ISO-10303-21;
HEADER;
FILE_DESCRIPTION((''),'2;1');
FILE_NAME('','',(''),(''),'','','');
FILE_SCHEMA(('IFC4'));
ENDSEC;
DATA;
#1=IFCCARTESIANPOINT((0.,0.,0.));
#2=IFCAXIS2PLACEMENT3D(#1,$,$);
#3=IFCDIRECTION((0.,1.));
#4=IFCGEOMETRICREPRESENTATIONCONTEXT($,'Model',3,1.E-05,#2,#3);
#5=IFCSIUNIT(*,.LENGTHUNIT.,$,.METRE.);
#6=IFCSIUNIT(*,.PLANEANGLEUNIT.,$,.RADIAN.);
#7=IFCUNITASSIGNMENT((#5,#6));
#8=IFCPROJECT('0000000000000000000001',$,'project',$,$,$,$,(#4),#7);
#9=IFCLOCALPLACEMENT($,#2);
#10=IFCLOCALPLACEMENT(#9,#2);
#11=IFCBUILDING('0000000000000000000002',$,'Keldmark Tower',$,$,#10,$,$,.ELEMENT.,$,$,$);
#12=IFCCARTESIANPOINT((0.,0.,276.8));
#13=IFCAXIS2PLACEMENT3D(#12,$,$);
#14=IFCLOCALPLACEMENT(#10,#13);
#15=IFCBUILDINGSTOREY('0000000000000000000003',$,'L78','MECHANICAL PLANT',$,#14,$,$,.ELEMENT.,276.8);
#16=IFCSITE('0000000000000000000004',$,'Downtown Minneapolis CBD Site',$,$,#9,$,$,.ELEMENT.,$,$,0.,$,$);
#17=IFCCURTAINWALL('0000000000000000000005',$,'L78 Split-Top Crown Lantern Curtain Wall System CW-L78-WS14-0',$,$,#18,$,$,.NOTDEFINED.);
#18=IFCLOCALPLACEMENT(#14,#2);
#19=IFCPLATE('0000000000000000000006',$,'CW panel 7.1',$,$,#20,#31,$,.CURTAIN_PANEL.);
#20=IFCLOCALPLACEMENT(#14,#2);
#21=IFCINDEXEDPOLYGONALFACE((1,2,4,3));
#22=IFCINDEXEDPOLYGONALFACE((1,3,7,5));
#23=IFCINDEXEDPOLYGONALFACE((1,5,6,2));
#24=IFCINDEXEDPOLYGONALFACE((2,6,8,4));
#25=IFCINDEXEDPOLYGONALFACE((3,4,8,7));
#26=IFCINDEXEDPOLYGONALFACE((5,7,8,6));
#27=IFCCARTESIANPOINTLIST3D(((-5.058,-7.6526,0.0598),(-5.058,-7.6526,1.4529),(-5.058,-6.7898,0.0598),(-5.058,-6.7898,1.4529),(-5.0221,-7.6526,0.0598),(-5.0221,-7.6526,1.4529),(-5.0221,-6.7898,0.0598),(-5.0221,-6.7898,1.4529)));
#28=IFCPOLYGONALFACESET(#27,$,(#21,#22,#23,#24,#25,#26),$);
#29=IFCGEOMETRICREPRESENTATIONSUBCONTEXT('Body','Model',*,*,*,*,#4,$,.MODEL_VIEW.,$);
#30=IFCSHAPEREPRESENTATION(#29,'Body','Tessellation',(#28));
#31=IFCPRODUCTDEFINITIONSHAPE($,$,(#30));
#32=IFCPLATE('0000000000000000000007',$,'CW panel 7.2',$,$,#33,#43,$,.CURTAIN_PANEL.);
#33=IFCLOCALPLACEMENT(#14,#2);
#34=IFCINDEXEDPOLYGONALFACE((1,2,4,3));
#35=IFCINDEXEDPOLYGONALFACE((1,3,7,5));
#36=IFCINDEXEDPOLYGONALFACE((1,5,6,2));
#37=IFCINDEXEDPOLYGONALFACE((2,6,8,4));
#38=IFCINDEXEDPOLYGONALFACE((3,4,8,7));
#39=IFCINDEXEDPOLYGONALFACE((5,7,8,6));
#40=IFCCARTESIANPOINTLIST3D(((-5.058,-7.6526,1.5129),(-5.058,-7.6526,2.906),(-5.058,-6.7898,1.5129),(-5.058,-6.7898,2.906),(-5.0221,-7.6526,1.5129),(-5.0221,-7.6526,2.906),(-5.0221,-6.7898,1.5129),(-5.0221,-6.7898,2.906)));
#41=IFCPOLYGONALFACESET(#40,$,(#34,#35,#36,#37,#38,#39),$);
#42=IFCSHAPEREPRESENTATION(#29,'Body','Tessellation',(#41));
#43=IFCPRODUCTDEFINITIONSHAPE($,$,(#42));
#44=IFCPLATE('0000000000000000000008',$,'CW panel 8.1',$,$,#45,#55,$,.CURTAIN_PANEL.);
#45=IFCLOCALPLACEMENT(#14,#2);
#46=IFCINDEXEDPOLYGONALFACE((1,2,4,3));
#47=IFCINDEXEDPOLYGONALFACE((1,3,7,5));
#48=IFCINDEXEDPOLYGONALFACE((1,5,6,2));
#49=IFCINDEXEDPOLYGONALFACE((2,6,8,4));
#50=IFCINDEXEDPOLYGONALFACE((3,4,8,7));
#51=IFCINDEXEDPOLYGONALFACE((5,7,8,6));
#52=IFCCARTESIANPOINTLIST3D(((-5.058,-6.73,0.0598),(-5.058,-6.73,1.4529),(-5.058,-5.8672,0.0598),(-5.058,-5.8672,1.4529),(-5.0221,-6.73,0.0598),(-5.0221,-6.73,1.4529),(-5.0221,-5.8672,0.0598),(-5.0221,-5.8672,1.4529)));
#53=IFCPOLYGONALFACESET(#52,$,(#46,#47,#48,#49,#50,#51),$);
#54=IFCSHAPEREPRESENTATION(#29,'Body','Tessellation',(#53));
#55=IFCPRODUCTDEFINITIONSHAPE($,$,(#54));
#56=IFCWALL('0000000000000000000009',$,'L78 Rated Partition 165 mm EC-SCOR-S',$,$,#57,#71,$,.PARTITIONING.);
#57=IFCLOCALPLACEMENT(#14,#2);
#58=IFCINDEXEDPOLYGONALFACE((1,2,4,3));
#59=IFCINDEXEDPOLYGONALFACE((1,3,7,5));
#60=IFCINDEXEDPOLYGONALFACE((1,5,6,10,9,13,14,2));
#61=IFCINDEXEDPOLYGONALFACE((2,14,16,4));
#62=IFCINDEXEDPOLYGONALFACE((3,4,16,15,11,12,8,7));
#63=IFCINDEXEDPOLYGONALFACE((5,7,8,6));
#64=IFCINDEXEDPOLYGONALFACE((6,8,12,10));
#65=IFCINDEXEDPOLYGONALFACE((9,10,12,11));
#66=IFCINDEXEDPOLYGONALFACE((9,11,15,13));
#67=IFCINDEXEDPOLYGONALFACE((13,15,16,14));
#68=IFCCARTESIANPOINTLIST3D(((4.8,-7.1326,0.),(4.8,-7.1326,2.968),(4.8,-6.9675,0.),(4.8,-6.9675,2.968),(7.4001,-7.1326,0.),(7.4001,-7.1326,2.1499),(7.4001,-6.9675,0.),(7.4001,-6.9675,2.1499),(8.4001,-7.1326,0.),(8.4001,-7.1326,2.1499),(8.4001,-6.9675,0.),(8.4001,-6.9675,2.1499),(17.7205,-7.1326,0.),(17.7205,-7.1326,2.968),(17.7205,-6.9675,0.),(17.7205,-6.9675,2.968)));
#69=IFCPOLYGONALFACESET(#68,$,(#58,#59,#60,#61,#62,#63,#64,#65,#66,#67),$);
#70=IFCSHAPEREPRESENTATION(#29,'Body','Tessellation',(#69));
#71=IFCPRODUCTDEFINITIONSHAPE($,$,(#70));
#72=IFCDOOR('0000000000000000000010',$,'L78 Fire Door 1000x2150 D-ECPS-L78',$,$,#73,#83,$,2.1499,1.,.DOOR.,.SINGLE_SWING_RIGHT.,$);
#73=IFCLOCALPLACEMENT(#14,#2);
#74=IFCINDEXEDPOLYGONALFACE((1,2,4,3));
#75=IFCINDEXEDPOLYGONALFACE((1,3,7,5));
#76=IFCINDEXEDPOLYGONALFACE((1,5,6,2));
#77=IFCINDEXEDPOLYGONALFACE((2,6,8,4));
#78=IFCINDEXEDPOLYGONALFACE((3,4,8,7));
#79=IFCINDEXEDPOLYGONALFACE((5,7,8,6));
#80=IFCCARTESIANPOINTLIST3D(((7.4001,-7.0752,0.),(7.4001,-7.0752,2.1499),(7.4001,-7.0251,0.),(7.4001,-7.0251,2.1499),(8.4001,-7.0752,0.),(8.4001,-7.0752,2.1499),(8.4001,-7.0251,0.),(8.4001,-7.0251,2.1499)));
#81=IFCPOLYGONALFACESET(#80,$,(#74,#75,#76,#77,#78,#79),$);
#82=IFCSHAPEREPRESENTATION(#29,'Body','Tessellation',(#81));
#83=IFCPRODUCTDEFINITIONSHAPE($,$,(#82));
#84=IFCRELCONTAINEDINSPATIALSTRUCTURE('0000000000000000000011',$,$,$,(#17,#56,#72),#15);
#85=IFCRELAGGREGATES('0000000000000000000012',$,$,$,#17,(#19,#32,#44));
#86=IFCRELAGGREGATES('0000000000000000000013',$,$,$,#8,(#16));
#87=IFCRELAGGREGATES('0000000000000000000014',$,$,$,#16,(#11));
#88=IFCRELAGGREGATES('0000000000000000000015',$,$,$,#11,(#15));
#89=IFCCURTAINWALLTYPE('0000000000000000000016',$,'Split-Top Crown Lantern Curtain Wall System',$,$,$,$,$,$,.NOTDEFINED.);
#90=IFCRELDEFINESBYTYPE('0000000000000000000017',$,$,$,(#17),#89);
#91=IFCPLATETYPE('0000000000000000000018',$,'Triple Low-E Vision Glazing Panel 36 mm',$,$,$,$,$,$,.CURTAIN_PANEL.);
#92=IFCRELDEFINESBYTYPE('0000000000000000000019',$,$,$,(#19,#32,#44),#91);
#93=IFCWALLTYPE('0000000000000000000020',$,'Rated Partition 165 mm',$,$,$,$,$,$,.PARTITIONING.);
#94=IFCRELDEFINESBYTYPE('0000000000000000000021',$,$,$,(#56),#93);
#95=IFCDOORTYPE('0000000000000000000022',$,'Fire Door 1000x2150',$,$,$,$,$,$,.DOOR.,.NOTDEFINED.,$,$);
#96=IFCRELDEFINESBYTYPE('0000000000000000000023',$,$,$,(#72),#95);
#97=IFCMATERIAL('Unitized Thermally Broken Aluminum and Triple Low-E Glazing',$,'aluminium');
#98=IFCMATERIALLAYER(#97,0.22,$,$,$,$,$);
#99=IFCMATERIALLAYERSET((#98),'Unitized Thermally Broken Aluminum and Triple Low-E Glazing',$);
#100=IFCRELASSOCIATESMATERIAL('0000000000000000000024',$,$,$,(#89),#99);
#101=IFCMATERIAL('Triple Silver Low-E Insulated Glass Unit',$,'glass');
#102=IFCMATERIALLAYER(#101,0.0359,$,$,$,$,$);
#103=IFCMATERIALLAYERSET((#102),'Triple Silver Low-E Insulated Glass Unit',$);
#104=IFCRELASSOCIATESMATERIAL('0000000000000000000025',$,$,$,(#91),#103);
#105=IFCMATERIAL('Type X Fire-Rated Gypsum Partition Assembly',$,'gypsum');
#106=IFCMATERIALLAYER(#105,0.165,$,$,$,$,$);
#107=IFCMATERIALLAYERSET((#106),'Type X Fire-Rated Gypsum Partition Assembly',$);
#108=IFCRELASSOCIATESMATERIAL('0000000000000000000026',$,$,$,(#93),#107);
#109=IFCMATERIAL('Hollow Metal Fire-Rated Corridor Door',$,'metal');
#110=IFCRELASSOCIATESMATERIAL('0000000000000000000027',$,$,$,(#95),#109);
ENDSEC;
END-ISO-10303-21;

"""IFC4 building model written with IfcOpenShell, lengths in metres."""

from ifc_helpers import new_model, si_unit, direction, frame, frame_2d, origin, origin_2d, place, context, subcontext, project, spatial, rectangle, extrude, material, layer, layer_set, type_object, element, fill, aggregate, save


model = new_model("IFC4")

# Units and contexts
model_context = context("Model", 3, precision=1e-05, world=origin(), true_north=direction((0.0, 1.0)))
body_context = subcontext(model_context, "Body", "Model", "MODEL_VIEW")
ifc_project = project(units=[si_unit("LENGTHUNIT", "METRE"), si_unit("PLANEANGLEUNIT", "RADIAN")], contexts=[model_context])

# Site, building, storey
site_placement = place(None, origin())
site = spatial("IfcSite", under=ifc_project, at=site_placement, Name="Downtown Minneapolis CBD Site", CompositionType="ELEMENT", RefElevation=0.0)
building_placement = place(site_placement, origin())
building = spatial("IfcBuilding", under=site, at=building_placement, Name="Keldmark Tower", CompositionType="ELEMENT")
storey_placement = place(building_placement, frame((0.0, 0.0, 276.8)))
storey = spatial("IfcBuildingStorey", under=building, at=storey_placement, Name="L78", Description="MECHANICAL PLANT", CompositionType="ELEMENT", Elevation=276.8)

# Curtain wall
ifc_material_1 = material(Name="Unitized Thermally Broken Aluminum and Triple Low-E Glazing", Category="aluminium")
ifc_layer_1 = layer(ifc_material_1, 0.22)
ifc_layer_set_1 = layer_set([ifc_layer_1], Name="Unitized Thermally Broken Aluminum and Triple Low-E Glazing")
curtain_wall_type = type_object("IfcCurtainWallType", Name="Split-Top Crown Lantern Curtain Wall System", PredefinedType="NOTDEFINED", material=ifc_layer_set_1)
curtain_wall_placement = place(storey_placement, origin())
curtain_wall = element("IfcCurtainWall", 1, at=curtain_wall_placement, inside=storey, type_object=curtain_wall_type, Name="L78 Split-Top Crown Lantern Curtain Wall System CW-L78-WS14-0", PredefinedType="NOTDEFINED")

# Plates
ifc_material_2 = material(Name="Triple Silver Low-E Insulated Glass Unit", Category="glass")
ifc_layer_2 = layer(ifc_material_2, 0.0359)
ifc_layer_set_2 = layer_set([ifc_layer_2], Name="Triple Silver Low-E Insulated Glass Unit")
plate_type_1 = type_object("IfcPlateType", Name="Triple Low-E Vision Glazing Panel 36 mm", PredefinedType="CURTAIN_PANEL", material=ifc_layer_set_2)
plate_1_placement = place(storey_placement, frame((-5.04, -7.2212, 0.0598), z_axis=(0.0, 0.0, 1.0), x_axis=(0.0, 1.0, 0.0)))
plate_1 = element("IfcPlate", 2, at=plate_1_placement, type_object=plate_type_1, Name="CW panel 7.1", PredefinedType="CURTAIN_PANEL", context=body_context, shape_type="SweptSolid", body=[
    extrude(rectangle(XDim=0.8628, YDim=0.0359, at=origin_2d()), origin(), (0.0, 0.0, 1.0), 1.3931),
])
plate_2_placement = place(storey_placement, frame((-5.04, -7.2212, 1.5129), z_axis=(0.0, 0.0, 1.0), x_axis=(0.0, 1.0, 0.0)))
plate_2 = element("IfcPlate", 3, at=plate_2_placement, type_object=plate_type_1, Name="CW panel 7.2", PredefinedType="CURTAIN_PANEL", context=body_context, shape_type="SweptSolid", body=[
    extrude(rectangle(XDim=0.8628, YDim=0.0359, at=origin_2d()), origin(), (0.0, 0.0, 1.0), 1.3931),
])
plate_3_placement = place(storey_placement, frame((-5.04, -6.2986, 0.0598), z_axis=(0.0, 0.0, 1.0), x_axis=(0.0, 1.0, 0.0)))
plate_3 = element("IfcPlate", 4, at=plate_3_placement, type_object=plate_type_1, Name="CW panel 8.1", PredefinedType="CURTAIN_PANEL", context=body_context, shape_type="SweptSolid", body=[
    extrude(rectangle(XDim=0.8628, YDim=0.0359, at=origin_2d()), origin(), (0.0, 0.0, 1.0), 1.3931),
])
aggregate(curtain_wall, [plate_1, plate_2, plate_3])

# Wall, opening, door
ifc_material_3 = material(Name="Type X Fire-Rated Gypsum Partition Assembly", Category="gypsum")
ifc_layer_3 = layer(ifc_material_3, 0.165)
ifc_layer_set_3 = layer_set([ifc_layer_3], Name="Type X Fire-Rated Gypsum Partition Assembly")
wall_type = type_object("IfcWallType", Name="Rated Partition 165 mm", PredefinedType="PARTITIONING", material=ifc_layer_set_3)
wall_placement = place(storey_placement, frame((4.8, -7.05, 0.0), z_axis=(0.0, 0.0, 1.0), x_axis=(1.0, 0.0, 0.0)))
wall = element("IfcWall", 5, at=wall_placement, inside=storey, type_object=wall_type, Name="L78 Rated Partition 165 mm EC-SCOR-S", PredefinedType="PARTITIONING", context=body_context, shape_type="SweptSolid", body=[
    extrude(rectangle(XDim=12.9204, YDim=0.165, at=frame_2d((6.4602, 0.0))), origin(), (0.0, 0.0, 1.0), 2.968),
])
opening_placement = place(wall_placement, frame((2.6001, 0.0, 0.0)))
opening = element("IfcOpeningElement", 6, at=opening_placement, cuts=wall, PredefinedType="OPENING", context=body_context, shape_type="SweptSolid", body=[
    extrude(rectangle(XDim=1.0, YDim=2.1499, at=frame_2d((0.5, 1.075))), frame((0.0, 0.0925, 0.0), z_axis=(0.0, -1.0, 0.0), x_axis=(1.0, 0.0, 0.0)), (0.0, 0.0, 1.0), 0.1851),
])
ifc_material_4 = material(Name="Hollow Metal Fire-Rated Corridor Door", Category="metal")
door_type = type_object("IfcDoorType", Name="Fire Door 1000x2150", OperationType="NOTDEFINED", PredefinedType="DOOR", material=ifc_material_4)
door_placement = place(opening_placement, origin())
door = element("IfcDoor", 7, at=door_placement, inside=storey, type_object=door_type, Name="L78 Fire Door 1000x2150 D-ECPS-L78", OperationType="SINGLE_SWING_RIGHT", OverallHeight=2.1499, OverallWidth=1.0, PredefinedType="DOOR", context=body_context, shape_type="SweptSolid", body=[
    extrude(rectangle(XDim=1.0, YDim=2.1499, at=frame_2d((0.5, 1.075))), frame((0.0, 0.0249, 0.0), z_axis=(0.0, -1.0, 0.0), x_axis=(1.0, 0.0, 0.0)), (0.0, 0.0, 1.0), 0.05),
])
fill(opening, door)

save(model, "model.ifc")
